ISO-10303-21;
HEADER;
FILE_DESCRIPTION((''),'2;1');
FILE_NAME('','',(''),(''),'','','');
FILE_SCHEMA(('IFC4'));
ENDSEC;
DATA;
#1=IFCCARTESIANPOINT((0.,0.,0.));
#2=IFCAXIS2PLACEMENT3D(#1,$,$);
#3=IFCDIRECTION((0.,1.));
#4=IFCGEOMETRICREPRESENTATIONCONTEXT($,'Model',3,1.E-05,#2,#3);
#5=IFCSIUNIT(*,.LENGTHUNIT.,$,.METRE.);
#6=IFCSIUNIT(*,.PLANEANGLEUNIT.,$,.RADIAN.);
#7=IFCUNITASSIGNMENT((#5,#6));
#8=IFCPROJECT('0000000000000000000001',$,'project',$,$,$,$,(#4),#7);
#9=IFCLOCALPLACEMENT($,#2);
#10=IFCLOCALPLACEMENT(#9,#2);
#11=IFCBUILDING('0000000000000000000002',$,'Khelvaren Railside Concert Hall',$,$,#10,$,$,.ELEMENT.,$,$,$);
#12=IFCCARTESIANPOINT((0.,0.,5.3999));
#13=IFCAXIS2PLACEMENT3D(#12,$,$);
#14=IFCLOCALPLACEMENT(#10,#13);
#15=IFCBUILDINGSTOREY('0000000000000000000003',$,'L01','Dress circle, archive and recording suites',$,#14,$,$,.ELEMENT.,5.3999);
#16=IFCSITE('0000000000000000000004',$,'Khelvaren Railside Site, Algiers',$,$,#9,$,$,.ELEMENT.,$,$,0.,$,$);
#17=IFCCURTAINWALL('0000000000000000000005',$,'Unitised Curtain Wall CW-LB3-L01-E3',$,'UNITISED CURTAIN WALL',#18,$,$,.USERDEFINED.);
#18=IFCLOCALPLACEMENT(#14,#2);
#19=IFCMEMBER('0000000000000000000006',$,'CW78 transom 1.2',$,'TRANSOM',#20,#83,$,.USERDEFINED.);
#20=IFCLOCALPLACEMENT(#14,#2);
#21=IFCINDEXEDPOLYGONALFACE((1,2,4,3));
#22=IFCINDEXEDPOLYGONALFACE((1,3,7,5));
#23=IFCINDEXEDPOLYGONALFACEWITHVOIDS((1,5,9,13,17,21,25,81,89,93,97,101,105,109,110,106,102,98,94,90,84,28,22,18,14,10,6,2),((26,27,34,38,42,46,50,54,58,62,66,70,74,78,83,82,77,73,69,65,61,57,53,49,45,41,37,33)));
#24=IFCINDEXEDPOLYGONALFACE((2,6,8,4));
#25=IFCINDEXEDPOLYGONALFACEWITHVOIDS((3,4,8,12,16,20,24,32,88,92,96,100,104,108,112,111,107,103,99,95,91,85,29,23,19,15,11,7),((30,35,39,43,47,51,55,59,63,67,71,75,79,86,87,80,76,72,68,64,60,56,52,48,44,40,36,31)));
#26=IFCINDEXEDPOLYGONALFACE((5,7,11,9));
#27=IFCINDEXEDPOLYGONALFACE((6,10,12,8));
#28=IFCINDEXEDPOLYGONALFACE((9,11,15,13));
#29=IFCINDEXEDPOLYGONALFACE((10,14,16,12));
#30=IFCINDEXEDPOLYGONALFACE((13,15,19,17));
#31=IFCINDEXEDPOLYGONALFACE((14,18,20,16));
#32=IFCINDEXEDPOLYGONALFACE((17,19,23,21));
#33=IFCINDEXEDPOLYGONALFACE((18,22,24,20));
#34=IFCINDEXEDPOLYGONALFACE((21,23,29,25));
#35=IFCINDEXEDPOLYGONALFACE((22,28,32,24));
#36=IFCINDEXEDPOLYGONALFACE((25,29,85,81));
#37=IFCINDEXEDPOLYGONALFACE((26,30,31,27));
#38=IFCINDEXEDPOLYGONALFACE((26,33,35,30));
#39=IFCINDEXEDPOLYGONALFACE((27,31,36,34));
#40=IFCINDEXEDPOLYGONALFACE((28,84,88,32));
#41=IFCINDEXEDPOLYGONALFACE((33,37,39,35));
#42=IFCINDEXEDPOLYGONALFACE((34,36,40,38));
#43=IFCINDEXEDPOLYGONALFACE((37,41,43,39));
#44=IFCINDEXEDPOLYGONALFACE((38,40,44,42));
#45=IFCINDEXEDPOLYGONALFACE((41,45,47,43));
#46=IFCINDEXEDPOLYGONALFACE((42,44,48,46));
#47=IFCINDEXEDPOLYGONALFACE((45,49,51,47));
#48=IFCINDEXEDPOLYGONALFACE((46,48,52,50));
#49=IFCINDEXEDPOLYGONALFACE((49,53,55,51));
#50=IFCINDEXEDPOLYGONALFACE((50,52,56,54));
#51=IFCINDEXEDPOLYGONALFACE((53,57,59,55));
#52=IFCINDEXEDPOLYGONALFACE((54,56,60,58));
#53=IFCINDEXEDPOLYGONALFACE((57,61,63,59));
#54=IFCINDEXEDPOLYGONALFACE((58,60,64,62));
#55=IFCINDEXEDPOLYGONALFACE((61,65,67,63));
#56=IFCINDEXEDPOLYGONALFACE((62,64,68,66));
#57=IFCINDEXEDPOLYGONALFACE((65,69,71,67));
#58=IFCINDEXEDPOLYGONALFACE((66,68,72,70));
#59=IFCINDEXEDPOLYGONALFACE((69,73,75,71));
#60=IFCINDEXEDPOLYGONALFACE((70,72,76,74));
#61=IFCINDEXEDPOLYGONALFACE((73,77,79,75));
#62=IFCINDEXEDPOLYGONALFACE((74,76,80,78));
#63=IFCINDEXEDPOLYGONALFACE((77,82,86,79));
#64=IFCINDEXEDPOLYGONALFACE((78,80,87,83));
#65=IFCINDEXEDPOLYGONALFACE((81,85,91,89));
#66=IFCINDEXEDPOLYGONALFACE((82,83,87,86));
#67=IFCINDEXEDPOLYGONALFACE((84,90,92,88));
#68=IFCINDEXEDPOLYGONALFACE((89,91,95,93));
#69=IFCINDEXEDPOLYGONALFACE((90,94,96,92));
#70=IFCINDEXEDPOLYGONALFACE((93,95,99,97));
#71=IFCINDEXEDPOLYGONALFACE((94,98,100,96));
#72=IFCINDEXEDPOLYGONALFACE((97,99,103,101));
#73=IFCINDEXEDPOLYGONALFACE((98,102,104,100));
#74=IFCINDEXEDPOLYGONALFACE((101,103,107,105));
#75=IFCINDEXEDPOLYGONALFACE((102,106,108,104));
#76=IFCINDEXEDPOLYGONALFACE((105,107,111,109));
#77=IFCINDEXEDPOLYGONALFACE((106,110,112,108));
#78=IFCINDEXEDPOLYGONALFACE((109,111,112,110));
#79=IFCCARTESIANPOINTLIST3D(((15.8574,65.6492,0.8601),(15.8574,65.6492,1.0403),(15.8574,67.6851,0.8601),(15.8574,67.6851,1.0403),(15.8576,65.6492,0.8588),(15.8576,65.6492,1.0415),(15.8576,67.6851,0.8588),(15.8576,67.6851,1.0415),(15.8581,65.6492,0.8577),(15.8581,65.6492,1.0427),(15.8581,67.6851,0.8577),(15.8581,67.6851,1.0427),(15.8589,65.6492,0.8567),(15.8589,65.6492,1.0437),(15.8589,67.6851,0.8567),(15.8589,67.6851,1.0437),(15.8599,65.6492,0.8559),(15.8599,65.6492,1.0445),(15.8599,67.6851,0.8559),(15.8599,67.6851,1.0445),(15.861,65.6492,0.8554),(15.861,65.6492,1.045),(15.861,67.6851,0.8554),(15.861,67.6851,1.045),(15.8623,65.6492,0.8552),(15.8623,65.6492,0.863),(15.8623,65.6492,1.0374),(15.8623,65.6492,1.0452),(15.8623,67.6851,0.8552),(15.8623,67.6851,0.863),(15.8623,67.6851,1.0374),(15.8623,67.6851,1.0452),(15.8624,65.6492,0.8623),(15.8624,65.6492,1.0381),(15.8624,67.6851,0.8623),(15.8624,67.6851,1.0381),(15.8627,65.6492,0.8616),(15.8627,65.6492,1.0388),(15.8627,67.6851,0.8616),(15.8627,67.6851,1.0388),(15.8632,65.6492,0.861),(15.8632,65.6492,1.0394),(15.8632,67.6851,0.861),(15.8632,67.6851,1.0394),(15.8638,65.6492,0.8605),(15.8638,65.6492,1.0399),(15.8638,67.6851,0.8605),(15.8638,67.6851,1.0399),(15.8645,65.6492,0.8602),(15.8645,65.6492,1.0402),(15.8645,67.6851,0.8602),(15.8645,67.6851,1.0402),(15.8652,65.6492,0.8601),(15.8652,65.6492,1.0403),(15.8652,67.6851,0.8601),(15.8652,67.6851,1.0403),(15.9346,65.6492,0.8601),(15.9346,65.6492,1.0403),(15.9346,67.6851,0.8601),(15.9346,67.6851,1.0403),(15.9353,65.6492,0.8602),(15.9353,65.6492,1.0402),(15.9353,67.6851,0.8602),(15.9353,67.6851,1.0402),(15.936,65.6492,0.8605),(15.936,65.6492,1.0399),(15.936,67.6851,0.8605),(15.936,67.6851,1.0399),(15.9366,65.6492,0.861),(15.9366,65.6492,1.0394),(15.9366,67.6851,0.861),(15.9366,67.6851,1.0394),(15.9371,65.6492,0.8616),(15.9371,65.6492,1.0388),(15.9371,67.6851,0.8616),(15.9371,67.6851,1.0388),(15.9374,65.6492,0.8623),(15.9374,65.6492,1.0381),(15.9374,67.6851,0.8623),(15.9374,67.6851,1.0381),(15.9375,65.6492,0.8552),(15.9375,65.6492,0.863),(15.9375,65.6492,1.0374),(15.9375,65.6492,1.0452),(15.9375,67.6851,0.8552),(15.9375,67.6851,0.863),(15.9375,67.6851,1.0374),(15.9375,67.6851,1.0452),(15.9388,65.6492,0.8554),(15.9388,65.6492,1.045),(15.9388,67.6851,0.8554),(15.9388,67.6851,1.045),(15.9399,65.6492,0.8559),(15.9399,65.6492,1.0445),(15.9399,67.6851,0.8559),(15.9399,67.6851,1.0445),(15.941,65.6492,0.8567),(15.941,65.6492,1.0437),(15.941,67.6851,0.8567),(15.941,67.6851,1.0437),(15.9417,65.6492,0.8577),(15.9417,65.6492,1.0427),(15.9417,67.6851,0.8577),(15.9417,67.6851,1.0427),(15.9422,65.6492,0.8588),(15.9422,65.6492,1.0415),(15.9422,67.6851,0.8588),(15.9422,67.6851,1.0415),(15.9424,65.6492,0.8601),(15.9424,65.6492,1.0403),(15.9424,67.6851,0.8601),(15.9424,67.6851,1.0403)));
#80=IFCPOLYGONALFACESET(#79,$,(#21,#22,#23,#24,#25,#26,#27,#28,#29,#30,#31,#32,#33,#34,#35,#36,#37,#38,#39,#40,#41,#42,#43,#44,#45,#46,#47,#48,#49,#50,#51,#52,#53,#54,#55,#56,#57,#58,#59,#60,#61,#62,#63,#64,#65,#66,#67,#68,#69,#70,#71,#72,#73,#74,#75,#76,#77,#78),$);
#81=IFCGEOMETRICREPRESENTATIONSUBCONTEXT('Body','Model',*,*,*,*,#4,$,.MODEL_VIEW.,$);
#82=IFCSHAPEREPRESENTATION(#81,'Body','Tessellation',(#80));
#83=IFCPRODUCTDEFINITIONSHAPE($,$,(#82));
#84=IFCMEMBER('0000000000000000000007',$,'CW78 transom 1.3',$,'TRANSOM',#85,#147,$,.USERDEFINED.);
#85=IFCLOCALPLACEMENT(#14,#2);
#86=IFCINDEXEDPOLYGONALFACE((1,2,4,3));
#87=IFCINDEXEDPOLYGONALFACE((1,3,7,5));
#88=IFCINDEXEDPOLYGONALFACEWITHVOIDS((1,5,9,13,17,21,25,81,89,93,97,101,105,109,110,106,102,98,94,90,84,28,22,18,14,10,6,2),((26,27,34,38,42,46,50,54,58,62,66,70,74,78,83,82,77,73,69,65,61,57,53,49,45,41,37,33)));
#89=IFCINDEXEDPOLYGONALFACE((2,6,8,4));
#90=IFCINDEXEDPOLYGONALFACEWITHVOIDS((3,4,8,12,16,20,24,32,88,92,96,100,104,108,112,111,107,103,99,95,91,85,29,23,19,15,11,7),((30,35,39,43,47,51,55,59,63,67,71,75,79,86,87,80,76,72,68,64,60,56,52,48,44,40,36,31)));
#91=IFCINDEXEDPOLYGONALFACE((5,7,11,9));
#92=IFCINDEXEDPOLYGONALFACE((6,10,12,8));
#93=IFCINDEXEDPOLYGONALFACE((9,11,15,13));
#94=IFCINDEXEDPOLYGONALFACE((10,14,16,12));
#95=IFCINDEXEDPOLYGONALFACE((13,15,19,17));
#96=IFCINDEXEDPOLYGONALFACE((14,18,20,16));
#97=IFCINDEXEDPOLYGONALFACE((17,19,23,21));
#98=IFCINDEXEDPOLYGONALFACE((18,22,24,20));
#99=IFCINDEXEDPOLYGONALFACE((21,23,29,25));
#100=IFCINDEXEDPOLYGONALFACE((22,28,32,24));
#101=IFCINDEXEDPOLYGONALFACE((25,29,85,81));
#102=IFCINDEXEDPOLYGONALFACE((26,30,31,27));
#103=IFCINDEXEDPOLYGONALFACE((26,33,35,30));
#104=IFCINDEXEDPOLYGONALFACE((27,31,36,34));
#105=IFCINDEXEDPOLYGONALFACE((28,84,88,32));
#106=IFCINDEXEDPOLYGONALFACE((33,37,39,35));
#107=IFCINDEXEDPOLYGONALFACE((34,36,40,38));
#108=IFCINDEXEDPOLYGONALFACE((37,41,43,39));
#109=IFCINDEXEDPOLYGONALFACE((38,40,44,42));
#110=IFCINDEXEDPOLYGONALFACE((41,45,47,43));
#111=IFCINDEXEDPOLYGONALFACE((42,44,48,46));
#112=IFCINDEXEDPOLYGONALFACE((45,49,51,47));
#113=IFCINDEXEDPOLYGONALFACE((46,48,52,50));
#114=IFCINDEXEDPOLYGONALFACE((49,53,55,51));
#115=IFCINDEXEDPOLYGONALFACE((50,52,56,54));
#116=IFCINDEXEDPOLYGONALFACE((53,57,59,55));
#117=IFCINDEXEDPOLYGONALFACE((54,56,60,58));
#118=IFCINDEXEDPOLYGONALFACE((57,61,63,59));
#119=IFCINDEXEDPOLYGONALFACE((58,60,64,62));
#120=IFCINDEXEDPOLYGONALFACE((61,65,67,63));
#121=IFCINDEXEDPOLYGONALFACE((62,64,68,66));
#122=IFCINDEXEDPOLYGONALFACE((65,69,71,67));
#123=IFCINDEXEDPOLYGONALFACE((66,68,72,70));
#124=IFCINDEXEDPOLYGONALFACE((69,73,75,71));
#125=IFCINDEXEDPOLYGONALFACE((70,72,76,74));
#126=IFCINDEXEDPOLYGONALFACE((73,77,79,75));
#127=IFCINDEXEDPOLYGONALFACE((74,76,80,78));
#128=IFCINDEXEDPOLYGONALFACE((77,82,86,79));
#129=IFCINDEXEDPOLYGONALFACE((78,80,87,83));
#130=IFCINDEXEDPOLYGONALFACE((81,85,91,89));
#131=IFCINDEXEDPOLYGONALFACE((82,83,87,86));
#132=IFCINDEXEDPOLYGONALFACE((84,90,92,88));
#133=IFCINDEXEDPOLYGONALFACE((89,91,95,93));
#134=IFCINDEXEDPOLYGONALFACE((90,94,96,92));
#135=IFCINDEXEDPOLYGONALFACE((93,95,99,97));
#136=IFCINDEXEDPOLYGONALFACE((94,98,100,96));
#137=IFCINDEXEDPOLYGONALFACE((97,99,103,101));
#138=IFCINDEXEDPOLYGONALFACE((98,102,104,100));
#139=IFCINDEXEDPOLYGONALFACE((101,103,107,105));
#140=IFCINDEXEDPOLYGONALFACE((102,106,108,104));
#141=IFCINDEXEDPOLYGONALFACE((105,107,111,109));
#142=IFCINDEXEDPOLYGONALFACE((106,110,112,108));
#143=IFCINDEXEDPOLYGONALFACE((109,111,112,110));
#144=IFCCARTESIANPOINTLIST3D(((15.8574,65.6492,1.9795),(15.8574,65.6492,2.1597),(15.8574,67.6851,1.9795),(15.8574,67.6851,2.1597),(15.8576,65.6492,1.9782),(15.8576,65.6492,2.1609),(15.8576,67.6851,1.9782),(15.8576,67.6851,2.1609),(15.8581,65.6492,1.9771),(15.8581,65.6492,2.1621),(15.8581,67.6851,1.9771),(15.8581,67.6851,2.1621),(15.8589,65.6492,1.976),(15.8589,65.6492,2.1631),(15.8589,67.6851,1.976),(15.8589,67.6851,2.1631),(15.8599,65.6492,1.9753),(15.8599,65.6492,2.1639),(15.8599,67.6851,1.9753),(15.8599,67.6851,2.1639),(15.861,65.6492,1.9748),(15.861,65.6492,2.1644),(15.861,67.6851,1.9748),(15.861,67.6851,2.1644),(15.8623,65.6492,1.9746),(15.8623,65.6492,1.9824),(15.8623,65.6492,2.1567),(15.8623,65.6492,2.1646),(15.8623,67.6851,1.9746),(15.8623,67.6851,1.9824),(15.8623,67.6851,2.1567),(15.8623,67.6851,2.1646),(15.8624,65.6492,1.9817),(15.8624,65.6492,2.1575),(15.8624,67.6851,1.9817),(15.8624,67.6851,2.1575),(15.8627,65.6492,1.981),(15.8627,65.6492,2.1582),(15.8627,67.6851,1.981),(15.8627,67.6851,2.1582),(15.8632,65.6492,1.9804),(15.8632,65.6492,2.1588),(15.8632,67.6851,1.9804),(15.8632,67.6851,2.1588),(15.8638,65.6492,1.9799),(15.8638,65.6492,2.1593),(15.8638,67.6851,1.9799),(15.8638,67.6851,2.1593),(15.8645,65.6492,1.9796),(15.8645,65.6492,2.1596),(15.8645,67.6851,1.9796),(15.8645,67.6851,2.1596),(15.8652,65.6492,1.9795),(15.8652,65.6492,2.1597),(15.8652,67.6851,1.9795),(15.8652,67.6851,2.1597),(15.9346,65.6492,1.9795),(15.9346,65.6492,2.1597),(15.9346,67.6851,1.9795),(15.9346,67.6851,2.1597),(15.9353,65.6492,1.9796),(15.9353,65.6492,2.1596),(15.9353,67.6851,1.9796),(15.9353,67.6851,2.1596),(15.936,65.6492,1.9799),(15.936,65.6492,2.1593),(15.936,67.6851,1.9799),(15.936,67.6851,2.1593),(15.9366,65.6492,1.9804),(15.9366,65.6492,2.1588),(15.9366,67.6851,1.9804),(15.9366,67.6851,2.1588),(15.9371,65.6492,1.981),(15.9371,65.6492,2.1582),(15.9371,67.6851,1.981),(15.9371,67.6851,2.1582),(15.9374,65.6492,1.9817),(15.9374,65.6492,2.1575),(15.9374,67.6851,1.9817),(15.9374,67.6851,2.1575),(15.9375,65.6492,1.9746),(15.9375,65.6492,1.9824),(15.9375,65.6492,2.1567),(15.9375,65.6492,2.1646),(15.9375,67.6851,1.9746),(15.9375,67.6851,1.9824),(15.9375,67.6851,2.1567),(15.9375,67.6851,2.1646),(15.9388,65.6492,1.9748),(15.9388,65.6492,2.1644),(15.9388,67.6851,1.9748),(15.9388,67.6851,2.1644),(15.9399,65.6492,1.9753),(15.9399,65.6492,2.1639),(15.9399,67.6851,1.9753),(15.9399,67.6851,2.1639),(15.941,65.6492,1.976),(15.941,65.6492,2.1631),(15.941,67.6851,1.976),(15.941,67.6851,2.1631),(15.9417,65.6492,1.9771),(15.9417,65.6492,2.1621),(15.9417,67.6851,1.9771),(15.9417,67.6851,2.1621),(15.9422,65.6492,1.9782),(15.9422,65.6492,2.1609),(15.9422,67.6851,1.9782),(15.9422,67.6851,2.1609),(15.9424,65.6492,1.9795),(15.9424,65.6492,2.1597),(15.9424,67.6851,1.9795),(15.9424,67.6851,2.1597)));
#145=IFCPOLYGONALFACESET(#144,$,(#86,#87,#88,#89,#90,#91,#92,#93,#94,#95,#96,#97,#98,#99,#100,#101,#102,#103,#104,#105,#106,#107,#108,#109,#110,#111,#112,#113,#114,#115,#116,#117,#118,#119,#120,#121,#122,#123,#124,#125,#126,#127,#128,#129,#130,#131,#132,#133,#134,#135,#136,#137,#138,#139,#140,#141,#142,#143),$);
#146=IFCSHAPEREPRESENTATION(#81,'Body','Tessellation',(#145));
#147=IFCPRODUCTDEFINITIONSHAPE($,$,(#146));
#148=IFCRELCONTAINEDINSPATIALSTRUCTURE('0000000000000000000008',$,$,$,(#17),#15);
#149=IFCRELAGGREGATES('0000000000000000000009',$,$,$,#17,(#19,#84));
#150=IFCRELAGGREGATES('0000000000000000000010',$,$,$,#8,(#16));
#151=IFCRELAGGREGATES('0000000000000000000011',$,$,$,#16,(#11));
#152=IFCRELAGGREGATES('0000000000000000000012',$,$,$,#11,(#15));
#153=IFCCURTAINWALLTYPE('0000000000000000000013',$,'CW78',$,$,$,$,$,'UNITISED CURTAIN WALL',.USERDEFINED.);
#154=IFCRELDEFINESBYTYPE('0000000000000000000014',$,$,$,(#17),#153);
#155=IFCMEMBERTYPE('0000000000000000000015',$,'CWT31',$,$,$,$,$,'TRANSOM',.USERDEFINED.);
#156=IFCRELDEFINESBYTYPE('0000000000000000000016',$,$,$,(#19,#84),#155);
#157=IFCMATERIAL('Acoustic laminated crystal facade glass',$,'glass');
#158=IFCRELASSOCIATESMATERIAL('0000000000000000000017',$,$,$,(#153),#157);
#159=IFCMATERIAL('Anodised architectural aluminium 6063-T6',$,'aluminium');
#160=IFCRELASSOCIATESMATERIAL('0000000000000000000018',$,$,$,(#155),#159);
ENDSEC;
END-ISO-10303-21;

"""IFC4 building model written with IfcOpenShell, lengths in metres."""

from ifc_helpers import new_model, si_unit, direction, frame, origin, origin_2d, place, context, subcontext, project, spatial, hollow_rectangle, extrude, material, material_profile, profile_set, type_object, element, aggregate, save


model = new_model("IFC4")

# Units and contexts
model_context = context("Model", 3, precision=1e-05, world=origin(), true_north=direction((0.0, 1.0)))
body_context = subcontext(model_context, "Body", "Model", "MODEL_VIEW")
ifc_project = project(units=[si_unit("LENGTHUNIT", "METRE"), si_unit("PLANEANGLEUNIT", "RADIAN")], contexts=[model_context])

# Site, building, storey
site_placement = place(None, origin())
site = spatial("IfcSite", under=ifc_project, at=site_placement, Name="Khelvaren Railside Site, Algiers", CompositionType="ELEMENT", RefElevation=0.0)
building_placement = place(site_placement, origin())
building = spatial("IfcBuilding", under=site, at=building_placement, Name="Khelvaren Railside Concert Hall", CompositionType="ELEMENT")
storey_placement = place(building_placement, frame((0.0, 0.0, 5.3999)))
storey = spatial("IfcBuildingStorey", under=building, at=storey_placement, Name="L01", Description="Dress circle, archive and recording suites", CompositionType="ELEMENT", Elevation=5.3999)

# Curtain wall, members
ifc_material_1 = material(Name="Acoustic laminated crystal facade glass", Category="glass")
curtain_wall_type = type_object("IfcCurtainWallType", Name="CW78", ElementType="UNITISED CURTAIN WALL", PredefinedType="USERDEFINED", material=ifc_material_1)
curtain_wall_placement = place(storey_placement, origin())
curtain_wall = element("IfcCurtainWall", 1, at=curtain_wall_placement, inside=storey, type_object=curtain_wall_type, Name="Unitised Curtain Wall CW-LB3-L01-E3", ObjectType="UNITISED CURTAIN WALL", PredefinedType="USERDEFINED")
ifc_material_2 = material(Name="Anodised architectural aluminium 6063-T6", Category="aluminium")
ifc_material_profile_1 = material_profile(ifc_material_2, hollow_rectangle(XDim=0.085, YDim=0.1899, WallThickness=0.0049, InnerFilletRadius=0.0029, OuterFilletRadius=0.0049, at=origin_2d()), Name="CWT 85x190x5")
ifc_profile_set_1 = profile_set([ifc_material_profile_1], Name="Anodised architectural aluminium 6063-T6")
member_type_1 = type_object("IfcMemberType", Name="CWT31", ElementType="TRANSOM", PredefinedType="USERDEFINED", material=ifc_profile_set_1)
member_1_placement = place(storey_placement, frame((15.8999, 67.6851, 0.9502), z_axis=(0.0, -1.0, 0.0), x_axis=(1.0, 0.0, 0.0)))
member_1 = element("IfcMember", 2, at=member_1_placement, type_object=member_type_1, Name="CW78 transom 1.2", ObjectType="TRANSOM", PredefinedType="USERDEFINED", context=body_context, shape_type="SweptSolid", body=[
    extrude(hollow_rectangle(XDim=0.085, YDim=0.1899, WallThickness=0.0049, InnerFilletRadius=0.0029, OuterFilletRadius=0.0049, at=origin_2d()), origin(), (0.0, 0.0, 1.0), 2.0359),
])
member_2_placement = place(storey_placement, frame((15.8999, 67.6851, 2.0696), z_axis=(0.0, -1.0, 0.0), x_axis=(1.0, 0.0, 0.0)))
member_2 = element("IfcMember", 3, at=member_2_placement, type_object=member_type_1, Name="CW78 transom 1.3", ObjectType="TRANSOM", PredefinedType="USERDEFINED", context=body_context, shape_type="SweptSolid", body=[
    extrude(hollow_rectangle(XDim=0.085, YDim=0.1899, WallThickness=0.0049, InnerFilletRadius=0.0029, OuterFilletRadius=0.0049, at=origin_2d()), origin(), (0.0, 0.0, 1.0), 2.0359),
])
aggregate(curtain_wall, [member_1, member_2])

save(model, "model.ifc")
